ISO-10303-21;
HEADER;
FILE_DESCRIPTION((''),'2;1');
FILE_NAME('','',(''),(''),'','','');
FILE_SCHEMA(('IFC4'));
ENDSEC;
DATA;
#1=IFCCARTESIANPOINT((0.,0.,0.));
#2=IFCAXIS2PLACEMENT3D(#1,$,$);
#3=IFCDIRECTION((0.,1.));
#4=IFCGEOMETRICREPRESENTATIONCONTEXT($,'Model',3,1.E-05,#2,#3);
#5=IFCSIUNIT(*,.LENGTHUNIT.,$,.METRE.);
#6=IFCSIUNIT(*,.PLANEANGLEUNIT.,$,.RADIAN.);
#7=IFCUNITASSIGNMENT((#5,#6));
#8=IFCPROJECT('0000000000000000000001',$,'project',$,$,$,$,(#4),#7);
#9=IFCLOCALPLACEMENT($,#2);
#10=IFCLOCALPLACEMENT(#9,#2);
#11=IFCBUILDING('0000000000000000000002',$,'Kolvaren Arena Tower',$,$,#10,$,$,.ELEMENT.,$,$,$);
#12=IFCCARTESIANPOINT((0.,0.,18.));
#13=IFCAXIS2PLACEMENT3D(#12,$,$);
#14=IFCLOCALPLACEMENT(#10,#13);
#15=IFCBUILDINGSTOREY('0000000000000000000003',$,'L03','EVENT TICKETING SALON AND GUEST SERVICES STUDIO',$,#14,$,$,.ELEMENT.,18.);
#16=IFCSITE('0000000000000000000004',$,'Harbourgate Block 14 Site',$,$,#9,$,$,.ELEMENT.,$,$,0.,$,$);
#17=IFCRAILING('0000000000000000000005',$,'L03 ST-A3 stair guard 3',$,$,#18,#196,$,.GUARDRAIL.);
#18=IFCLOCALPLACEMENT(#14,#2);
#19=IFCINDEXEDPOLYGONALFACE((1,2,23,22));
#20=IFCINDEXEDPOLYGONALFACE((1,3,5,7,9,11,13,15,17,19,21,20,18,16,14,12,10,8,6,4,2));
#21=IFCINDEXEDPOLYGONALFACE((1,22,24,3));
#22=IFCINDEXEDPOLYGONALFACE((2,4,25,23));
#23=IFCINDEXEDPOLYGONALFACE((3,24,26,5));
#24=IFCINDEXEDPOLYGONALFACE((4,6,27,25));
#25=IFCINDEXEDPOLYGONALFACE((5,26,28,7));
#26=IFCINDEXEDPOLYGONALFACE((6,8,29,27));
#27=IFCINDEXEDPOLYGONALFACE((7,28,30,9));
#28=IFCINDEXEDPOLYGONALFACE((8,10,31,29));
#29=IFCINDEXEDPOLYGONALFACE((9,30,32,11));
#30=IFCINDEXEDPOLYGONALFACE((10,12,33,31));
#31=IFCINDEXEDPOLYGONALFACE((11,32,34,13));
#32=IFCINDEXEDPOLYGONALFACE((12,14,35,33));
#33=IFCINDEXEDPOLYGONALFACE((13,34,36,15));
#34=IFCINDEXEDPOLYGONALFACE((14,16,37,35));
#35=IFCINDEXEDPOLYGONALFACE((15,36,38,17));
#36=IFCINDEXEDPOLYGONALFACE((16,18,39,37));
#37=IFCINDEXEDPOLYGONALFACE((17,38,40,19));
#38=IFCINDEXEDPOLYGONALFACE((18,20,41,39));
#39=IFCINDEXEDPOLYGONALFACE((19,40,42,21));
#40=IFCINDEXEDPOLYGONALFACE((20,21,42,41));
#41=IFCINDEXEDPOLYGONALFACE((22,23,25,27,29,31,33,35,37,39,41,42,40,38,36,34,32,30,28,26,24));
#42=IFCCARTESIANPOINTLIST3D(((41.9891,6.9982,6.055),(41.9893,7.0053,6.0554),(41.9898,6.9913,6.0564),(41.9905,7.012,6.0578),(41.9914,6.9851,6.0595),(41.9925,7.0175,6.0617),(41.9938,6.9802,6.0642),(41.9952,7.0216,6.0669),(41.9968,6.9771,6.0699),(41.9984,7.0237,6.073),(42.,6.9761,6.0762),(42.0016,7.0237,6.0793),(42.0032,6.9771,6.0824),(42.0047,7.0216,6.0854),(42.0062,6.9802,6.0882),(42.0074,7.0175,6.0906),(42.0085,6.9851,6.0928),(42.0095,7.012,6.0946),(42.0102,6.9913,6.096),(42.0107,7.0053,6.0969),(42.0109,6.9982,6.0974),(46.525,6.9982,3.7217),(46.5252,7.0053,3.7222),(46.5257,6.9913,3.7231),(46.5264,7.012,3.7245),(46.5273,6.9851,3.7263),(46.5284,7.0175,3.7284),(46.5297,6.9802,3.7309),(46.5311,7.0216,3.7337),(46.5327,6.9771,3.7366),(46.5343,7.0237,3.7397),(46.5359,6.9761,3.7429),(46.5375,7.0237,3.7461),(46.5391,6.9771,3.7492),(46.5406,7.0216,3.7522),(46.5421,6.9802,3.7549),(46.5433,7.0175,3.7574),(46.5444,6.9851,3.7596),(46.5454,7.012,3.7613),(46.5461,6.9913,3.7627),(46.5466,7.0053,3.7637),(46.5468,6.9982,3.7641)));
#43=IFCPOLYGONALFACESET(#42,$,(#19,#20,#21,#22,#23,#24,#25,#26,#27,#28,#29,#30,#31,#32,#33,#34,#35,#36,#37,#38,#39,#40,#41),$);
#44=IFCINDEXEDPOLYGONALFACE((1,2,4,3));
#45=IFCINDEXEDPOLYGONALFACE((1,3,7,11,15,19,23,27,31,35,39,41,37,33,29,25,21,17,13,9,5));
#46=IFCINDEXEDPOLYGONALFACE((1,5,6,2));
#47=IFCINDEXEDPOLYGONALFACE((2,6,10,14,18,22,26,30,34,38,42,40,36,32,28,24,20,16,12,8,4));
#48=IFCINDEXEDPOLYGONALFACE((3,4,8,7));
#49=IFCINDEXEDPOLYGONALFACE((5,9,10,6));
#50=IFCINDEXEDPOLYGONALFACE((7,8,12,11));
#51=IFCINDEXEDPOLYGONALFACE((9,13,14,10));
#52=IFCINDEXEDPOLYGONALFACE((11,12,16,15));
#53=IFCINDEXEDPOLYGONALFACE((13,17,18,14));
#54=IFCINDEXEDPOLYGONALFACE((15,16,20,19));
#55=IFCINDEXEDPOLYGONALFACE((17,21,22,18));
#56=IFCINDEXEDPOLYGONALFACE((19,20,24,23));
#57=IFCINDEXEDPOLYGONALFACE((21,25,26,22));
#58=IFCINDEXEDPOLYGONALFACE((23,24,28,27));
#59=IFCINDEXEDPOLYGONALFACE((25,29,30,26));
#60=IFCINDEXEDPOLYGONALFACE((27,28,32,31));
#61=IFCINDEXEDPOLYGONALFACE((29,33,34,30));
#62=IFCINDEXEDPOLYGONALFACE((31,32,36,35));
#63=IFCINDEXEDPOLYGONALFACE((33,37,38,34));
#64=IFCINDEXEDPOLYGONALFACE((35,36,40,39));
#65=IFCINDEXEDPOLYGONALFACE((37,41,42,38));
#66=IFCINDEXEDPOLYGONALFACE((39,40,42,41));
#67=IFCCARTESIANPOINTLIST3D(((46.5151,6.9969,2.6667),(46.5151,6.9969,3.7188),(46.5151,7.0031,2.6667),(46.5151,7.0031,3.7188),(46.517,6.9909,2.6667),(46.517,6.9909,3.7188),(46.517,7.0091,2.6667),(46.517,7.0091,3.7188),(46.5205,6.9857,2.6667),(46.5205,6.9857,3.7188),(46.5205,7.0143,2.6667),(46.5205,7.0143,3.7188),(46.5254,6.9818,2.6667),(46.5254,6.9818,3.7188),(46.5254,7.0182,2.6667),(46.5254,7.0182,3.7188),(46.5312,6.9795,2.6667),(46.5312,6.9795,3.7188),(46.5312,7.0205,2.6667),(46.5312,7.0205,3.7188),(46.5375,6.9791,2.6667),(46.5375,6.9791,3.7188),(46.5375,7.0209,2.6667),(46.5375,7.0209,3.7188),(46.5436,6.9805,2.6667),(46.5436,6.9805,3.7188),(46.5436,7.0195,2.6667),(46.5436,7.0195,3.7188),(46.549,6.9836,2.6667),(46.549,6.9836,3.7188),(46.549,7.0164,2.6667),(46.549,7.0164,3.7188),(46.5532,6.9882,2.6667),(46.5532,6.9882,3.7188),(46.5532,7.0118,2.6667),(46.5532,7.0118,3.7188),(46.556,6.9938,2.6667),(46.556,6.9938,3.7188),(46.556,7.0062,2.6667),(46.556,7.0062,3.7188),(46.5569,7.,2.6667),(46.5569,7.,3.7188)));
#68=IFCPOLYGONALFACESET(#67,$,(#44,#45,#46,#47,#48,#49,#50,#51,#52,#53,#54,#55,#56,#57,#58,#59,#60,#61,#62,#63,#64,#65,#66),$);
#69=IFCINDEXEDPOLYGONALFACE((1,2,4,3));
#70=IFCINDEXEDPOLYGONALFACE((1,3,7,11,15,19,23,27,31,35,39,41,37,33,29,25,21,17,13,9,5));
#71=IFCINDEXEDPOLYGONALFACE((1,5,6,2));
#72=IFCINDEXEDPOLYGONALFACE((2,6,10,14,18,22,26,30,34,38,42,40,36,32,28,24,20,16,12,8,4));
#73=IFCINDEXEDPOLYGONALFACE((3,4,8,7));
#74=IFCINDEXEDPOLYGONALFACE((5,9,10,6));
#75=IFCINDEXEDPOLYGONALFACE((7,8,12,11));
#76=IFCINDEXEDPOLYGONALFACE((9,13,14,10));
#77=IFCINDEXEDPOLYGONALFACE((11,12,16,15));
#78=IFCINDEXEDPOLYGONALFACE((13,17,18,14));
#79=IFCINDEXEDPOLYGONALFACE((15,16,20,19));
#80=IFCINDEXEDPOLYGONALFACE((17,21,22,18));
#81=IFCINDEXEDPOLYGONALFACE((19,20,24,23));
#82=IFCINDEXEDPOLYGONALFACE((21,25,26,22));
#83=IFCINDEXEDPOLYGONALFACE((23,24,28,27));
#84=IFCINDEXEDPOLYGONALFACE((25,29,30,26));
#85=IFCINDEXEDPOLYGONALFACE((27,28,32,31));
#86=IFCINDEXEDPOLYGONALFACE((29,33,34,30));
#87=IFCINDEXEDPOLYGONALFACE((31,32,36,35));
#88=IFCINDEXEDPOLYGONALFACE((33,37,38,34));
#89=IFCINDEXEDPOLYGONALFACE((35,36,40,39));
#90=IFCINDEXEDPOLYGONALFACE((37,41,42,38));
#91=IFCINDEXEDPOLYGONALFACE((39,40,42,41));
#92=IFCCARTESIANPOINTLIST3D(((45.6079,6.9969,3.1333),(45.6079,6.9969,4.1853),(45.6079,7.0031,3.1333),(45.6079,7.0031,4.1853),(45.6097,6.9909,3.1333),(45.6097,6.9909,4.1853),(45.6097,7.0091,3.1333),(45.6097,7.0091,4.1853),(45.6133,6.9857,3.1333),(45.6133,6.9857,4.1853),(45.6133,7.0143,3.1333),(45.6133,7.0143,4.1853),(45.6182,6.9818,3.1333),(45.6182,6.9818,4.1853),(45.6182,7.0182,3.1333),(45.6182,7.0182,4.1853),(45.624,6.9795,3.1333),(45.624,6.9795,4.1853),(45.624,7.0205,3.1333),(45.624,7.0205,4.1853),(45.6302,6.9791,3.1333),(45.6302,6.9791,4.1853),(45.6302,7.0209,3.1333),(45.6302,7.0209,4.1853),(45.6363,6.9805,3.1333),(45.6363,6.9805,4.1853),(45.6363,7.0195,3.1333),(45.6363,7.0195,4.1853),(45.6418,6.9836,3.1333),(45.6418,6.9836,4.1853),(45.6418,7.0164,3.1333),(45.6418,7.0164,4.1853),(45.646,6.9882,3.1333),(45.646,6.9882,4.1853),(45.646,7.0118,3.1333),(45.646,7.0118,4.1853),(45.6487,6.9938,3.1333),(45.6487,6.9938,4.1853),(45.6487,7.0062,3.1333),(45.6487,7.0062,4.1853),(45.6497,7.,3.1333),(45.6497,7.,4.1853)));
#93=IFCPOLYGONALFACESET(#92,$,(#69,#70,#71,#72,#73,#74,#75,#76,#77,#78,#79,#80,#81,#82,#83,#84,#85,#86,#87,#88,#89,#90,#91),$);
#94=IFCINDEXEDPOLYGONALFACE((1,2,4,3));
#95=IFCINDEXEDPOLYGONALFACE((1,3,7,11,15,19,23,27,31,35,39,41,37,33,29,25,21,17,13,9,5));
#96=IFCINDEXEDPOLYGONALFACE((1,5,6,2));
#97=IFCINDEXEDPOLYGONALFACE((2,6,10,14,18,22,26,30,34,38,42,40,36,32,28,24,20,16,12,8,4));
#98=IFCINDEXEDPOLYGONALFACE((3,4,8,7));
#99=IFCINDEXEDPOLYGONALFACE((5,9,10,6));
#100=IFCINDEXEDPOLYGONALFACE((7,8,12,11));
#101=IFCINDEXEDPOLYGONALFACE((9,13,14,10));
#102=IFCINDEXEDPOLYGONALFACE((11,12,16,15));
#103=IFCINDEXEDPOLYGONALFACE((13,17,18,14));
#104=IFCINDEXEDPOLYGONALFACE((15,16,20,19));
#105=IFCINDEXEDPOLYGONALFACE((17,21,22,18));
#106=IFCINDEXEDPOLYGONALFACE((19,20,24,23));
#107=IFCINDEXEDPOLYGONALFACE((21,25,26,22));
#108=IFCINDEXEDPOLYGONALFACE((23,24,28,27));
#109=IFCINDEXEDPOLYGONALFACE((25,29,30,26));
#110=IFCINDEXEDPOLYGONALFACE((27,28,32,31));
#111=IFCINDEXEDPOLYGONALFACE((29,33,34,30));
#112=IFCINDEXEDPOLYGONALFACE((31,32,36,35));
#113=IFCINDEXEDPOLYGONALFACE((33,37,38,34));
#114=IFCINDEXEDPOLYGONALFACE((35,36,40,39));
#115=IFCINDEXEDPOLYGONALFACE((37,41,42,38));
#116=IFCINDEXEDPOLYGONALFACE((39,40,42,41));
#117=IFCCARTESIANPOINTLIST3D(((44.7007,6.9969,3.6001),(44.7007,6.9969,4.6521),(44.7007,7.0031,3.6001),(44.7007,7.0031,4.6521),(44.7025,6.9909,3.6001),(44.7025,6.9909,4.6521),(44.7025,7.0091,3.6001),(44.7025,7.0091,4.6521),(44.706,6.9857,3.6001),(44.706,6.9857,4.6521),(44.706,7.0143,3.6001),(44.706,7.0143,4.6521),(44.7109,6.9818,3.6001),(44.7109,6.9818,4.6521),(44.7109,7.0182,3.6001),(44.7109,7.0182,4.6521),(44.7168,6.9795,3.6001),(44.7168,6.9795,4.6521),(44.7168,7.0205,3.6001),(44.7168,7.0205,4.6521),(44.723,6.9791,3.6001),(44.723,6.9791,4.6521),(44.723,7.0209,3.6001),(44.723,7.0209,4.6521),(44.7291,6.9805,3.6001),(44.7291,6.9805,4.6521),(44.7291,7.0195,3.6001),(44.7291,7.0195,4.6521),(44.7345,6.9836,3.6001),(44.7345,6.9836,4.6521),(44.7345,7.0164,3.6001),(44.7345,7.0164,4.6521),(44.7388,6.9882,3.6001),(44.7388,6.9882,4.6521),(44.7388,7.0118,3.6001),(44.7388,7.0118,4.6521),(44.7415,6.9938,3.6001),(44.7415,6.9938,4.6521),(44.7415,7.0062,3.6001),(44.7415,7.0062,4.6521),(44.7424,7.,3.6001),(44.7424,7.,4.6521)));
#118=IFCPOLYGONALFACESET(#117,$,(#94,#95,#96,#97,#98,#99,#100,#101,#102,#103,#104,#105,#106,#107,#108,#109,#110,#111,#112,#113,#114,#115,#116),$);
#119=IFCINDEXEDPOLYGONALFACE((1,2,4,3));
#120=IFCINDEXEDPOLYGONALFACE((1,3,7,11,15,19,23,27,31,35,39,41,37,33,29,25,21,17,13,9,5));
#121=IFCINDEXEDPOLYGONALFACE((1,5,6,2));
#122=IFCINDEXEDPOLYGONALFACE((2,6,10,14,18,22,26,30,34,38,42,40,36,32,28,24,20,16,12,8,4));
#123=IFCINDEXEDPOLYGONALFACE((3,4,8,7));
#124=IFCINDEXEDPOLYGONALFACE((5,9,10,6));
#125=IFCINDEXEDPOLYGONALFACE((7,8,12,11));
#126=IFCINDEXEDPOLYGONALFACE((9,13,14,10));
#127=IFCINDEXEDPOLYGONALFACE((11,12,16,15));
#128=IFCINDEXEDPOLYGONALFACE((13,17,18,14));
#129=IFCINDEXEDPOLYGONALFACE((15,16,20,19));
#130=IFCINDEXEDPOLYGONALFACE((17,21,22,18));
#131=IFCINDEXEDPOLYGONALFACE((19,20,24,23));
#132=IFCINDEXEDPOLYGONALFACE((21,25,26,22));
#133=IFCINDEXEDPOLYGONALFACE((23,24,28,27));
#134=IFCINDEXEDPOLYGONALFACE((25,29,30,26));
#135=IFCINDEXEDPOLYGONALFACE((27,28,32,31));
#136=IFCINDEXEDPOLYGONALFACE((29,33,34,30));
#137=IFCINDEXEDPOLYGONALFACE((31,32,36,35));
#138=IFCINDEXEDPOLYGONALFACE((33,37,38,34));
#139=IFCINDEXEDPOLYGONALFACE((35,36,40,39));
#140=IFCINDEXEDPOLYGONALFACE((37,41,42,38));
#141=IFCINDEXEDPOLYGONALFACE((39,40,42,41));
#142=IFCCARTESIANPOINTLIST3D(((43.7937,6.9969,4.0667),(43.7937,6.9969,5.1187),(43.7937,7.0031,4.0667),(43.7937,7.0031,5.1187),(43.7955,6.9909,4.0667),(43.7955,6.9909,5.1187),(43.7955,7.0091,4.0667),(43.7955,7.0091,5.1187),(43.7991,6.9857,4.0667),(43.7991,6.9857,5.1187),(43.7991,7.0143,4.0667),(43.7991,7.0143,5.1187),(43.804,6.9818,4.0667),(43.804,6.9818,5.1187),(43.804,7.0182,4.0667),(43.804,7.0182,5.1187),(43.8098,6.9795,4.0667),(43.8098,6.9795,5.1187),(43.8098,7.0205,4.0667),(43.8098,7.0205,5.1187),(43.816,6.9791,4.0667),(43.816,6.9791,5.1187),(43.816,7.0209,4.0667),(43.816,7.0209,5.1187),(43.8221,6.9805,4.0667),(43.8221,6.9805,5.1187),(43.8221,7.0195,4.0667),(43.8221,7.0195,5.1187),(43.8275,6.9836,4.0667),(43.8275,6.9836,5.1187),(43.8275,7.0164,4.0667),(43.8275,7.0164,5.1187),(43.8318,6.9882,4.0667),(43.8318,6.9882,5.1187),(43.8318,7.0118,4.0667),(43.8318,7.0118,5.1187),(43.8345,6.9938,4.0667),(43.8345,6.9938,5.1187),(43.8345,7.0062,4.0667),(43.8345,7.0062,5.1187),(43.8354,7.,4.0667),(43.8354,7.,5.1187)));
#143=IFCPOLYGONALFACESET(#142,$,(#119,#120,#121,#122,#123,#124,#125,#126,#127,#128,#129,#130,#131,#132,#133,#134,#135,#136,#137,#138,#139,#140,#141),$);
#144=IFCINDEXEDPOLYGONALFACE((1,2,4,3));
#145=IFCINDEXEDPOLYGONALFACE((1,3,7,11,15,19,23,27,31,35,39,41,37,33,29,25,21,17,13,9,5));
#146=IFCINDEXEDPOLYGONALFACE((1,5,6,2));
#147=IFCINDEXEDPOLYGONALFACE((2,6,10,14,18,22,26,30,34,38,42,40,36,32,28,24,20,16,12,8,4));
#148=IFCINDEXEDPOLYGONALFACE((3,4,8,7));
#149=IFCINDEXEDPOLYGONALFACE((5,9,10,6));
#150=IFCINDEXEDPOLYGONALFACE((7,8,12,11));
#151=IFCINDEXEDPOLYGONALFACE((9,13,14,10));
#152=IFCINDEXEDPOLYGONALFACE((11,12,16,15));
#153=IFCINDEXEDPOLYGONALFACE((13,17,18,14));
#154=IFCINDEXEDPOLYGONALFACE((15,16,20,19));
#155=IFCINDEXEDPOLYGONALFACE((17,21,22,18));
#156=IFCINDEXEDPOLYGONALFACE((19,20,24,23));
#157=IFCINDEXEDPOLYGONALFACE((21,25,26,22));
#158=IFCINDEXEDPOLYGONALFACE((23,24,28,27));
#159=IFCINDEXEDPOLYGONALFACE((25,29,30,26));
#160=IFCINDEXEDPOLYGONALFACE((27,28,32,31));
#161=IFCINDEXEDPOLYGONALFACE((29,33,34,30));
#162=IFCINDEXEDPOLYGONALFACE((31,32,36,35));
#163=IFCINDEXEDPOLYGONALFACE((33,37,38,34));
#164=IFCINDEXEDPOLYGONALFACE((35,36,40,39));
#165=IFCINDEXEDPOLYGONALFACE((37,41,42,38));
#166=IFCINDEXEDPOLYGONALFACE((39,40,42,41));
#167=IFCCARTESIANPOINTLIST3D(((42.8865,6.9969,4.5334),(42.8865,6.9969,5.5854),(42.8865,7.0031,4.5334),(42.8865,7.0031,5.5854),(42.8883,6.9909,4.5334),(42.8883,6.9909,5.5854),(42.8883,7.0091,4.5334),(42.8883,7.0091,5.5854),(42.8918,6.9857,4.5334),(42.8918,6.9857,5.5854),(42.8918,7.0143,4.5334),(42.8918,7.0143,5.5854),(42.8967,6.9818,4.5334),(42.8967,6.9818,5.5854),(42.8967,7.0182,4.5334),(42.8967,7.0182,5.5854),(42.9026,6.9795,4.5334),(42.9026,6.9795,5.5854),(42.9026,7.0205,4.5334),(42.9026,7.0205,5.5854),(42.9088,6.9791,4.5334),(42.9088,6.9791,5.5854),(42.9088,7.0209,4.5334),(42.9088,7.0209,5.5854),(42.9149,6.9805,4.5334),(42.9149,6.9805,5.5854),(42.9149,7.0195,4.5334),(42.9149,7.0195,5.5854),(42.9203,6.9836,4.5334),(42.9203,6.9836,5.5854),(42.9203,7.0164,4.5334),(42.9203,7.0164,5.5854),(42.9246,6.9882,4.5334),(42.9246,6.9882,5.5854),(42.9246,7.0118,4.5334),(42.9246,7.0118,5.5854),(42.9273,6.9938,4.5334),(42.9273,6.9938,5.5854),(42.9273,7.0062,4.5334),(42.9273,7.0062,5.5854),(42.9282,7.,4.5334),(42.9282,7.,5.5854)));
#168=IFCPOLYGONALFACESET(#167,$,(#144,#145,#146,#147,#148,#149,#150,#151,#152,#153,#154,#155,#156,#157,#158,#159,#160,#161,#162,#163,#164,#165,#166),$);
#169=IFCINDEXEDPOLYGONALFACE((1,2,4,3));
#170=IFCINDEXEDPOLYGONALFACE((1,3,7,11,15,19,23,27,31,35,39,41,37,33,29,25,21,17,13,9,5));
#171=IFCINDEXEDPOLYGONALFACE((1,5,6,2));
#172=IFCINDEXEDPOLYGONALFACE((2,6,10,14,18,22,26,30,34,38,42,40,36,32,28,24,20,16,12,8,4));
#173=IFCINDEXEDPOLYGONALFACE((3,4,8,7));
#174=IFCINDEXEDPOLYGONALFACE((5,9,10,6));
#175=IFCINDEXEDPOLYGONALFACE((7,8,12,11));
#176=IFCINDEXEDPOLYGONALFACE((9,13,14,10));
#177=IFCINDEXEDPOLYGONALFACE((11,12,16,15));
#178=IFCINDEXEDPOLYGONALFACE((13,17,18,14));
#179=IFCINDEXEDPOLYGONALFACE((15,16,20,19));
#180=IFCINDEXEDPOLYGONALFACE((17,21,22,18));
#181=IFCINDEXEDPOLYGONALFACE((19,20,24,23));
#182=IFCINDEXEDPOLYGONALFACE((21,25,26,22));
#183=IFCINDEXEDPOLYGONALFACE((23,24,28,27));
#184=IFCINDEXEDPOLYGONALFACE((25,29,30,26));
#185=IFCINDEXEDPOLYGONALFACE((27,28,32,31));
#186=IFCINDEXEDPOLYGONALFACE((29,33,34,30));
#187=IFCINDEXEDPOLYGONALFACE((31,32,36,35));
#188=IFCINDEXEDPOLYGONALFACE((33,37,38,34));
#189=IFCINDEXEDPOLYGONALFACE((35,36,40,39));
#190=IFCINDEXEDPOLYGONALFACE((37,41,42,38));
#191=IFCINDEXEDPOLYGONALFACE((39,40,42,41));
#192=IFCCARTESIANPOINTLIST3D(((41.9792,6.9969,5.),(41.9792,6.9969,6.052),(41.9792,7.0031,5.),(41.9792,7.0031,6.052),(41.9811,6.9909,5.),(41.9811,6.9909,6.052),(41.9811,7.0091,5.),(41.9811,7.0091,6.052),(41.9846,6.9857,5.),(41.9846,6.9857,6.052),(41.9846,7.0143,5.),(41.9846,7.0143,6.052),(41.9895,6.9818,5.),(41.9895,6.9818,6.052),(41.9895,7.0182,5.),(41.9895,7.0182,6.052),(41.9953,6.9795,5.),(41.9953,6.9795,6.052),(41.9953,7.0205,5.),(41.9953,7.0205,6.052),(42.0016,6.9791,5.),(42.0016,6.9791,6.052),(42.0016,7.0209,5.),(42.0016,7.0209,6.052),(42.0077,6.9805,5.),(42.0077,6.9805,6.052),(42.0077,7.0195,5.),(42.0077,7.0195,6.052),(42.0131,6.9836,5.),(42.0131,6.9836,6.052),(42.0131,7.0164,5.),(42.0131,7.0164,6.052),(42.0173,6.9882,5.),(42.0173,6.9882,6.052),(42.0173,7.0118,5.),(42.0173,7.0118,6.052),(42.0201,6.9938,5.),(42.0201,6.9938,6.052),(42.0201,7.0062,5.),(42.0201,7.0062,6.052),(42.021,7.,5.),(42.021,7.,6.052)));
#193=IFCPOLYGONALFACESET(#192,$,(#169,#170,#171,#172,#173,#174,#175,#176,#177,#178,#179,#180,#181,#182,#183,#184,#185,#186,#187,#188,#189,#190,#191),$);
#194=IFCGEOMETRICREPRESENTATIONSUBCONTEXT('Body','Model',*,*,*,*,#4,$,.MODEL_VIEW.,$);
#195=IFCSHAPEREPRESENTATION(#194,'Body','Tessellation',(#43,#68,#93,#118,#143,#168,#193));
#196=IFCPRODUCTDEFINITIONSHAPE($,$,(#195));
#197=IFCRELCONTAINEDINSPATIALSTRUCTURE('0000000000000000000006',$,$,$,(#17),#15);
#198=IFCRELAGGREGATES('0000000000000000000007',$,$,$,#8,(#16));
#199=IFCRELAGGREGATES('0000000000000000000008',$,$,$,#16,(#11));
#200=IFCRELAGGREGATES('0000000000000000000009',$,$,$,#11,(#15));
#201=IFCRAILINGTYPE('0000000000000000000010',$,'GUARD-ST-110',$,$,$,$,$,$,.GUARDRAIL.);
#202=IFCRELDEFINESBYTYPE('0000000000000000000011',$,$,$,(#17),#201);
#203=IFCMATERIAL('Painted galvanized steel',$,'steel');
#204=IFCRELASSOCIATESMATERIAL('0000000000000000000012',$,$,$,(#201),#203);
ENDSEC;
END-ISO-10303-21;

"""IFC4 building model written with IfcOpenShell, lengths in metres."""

from ifc_helpers import new_model, si_unit, direction, frame, origin, origin_2d, place, context, subcontext, project, spatial, circle, extrude, material, type_object, element, save


model = new_model("IFC4")

# Units and contexts
model_context = context("Model", 3, precision=1e-05, world=origin(), true_north=direction((0.0, 1.0)))
body_context = subcontext(model_context, "Body", "Model", "MODEL_VIEW")
ifc_project = project(units=[si_unit("LENGTHUNIT", "METRE"), si_unit("PLANEANGLEUNIT", "RADIAN")], contexts=[model_context])

# Site, building, storey
site_placement = place(None, origin())
site = spatial("IfcSite", under=ifc_project, at=site_placement, Name="Harbourgate Block 14 Site", CompositionType="ELEMENT", RefElevation=0.0)
building_placement = place(site_placement, origin())
building = spatial("IfcBuilding", under=site, at=building_placement, Name="Kolvaren Arena Tower", CompositionType="ELEMENT")
storey_placement = place(building_placement, frame((0.0, 0.0, 18.0)))
storey = spatial("IfcBuildingStorey", under=building, at=storey_placement, Name="L03", Description="EVENT TICKETING SALON AND GUEST SERVICES STUDIO", CompositionType="ELEMENT", Elevation=18.0)

# Railing
ifc_material_1 = material(Name="Painted galvanized steel", Category="steel")
railing_type_1 = type_object("IfcRailingType", Name="GUARD-ST-110", PredefinedType="GUARDRAIL", material=ifc_material_1)
railing_1_placement = place(storey_placement, frame((46.5359, 7.0, 2.6667)))
element("IfcRailing", 1, at=railing_1_placement, inside=storey, type_object=railing_type_1, Name="L03 ST-A3 stair guard 3", PredefinedType="GUARDRAIL", context=body_context, shape_type="SweptSolid", body=[
    extrude(circle(Radius=0.0239, at=origin_2d()), frame((0.0, 0.0, 1.0762), z_axis=(-0.889247, 0.0, 0.457427), x_axis=(0.0, -1.0, 0.0)), (0.0, 0.0, 1.0), 5.1008),
    extrude(circle(Radius=0.021, at=origin_2d()), origin(), (0.0, 0.0, 1.0), 1.052),
    extrude(circle(Radius=0.021, at=origin_2d()), frame((-0.9072, 0.0, 0.4666)), (0.0, 0.0, 1.0), 1.052),
    extrude(circle(Radius=0.021, at=origin_2d()), frame((-1.8145, 0.0, 0.9333)), (0.0, 0.0, 1.0), 1.052),
    extrude(circle(Radius=0.021, at=origin_2d()), frame((-2.7214, 0.0, 1.3999)), (0.0, 0.0, 1.0), 1.052),
    extrude(circle(Radius=0.021, at=origin_2d()), frame((-3.6287, 0.0, 1.8667)), (0.0, 0.0, 1.0), 1.052),
    extrude(circle(Radius=0.021, at=origin_2d()), frame((-4.5359, 0.0, 2.3333)), (0.0, 0.0, 1.0), 1.052),
])

save(model, "model.ifc")
